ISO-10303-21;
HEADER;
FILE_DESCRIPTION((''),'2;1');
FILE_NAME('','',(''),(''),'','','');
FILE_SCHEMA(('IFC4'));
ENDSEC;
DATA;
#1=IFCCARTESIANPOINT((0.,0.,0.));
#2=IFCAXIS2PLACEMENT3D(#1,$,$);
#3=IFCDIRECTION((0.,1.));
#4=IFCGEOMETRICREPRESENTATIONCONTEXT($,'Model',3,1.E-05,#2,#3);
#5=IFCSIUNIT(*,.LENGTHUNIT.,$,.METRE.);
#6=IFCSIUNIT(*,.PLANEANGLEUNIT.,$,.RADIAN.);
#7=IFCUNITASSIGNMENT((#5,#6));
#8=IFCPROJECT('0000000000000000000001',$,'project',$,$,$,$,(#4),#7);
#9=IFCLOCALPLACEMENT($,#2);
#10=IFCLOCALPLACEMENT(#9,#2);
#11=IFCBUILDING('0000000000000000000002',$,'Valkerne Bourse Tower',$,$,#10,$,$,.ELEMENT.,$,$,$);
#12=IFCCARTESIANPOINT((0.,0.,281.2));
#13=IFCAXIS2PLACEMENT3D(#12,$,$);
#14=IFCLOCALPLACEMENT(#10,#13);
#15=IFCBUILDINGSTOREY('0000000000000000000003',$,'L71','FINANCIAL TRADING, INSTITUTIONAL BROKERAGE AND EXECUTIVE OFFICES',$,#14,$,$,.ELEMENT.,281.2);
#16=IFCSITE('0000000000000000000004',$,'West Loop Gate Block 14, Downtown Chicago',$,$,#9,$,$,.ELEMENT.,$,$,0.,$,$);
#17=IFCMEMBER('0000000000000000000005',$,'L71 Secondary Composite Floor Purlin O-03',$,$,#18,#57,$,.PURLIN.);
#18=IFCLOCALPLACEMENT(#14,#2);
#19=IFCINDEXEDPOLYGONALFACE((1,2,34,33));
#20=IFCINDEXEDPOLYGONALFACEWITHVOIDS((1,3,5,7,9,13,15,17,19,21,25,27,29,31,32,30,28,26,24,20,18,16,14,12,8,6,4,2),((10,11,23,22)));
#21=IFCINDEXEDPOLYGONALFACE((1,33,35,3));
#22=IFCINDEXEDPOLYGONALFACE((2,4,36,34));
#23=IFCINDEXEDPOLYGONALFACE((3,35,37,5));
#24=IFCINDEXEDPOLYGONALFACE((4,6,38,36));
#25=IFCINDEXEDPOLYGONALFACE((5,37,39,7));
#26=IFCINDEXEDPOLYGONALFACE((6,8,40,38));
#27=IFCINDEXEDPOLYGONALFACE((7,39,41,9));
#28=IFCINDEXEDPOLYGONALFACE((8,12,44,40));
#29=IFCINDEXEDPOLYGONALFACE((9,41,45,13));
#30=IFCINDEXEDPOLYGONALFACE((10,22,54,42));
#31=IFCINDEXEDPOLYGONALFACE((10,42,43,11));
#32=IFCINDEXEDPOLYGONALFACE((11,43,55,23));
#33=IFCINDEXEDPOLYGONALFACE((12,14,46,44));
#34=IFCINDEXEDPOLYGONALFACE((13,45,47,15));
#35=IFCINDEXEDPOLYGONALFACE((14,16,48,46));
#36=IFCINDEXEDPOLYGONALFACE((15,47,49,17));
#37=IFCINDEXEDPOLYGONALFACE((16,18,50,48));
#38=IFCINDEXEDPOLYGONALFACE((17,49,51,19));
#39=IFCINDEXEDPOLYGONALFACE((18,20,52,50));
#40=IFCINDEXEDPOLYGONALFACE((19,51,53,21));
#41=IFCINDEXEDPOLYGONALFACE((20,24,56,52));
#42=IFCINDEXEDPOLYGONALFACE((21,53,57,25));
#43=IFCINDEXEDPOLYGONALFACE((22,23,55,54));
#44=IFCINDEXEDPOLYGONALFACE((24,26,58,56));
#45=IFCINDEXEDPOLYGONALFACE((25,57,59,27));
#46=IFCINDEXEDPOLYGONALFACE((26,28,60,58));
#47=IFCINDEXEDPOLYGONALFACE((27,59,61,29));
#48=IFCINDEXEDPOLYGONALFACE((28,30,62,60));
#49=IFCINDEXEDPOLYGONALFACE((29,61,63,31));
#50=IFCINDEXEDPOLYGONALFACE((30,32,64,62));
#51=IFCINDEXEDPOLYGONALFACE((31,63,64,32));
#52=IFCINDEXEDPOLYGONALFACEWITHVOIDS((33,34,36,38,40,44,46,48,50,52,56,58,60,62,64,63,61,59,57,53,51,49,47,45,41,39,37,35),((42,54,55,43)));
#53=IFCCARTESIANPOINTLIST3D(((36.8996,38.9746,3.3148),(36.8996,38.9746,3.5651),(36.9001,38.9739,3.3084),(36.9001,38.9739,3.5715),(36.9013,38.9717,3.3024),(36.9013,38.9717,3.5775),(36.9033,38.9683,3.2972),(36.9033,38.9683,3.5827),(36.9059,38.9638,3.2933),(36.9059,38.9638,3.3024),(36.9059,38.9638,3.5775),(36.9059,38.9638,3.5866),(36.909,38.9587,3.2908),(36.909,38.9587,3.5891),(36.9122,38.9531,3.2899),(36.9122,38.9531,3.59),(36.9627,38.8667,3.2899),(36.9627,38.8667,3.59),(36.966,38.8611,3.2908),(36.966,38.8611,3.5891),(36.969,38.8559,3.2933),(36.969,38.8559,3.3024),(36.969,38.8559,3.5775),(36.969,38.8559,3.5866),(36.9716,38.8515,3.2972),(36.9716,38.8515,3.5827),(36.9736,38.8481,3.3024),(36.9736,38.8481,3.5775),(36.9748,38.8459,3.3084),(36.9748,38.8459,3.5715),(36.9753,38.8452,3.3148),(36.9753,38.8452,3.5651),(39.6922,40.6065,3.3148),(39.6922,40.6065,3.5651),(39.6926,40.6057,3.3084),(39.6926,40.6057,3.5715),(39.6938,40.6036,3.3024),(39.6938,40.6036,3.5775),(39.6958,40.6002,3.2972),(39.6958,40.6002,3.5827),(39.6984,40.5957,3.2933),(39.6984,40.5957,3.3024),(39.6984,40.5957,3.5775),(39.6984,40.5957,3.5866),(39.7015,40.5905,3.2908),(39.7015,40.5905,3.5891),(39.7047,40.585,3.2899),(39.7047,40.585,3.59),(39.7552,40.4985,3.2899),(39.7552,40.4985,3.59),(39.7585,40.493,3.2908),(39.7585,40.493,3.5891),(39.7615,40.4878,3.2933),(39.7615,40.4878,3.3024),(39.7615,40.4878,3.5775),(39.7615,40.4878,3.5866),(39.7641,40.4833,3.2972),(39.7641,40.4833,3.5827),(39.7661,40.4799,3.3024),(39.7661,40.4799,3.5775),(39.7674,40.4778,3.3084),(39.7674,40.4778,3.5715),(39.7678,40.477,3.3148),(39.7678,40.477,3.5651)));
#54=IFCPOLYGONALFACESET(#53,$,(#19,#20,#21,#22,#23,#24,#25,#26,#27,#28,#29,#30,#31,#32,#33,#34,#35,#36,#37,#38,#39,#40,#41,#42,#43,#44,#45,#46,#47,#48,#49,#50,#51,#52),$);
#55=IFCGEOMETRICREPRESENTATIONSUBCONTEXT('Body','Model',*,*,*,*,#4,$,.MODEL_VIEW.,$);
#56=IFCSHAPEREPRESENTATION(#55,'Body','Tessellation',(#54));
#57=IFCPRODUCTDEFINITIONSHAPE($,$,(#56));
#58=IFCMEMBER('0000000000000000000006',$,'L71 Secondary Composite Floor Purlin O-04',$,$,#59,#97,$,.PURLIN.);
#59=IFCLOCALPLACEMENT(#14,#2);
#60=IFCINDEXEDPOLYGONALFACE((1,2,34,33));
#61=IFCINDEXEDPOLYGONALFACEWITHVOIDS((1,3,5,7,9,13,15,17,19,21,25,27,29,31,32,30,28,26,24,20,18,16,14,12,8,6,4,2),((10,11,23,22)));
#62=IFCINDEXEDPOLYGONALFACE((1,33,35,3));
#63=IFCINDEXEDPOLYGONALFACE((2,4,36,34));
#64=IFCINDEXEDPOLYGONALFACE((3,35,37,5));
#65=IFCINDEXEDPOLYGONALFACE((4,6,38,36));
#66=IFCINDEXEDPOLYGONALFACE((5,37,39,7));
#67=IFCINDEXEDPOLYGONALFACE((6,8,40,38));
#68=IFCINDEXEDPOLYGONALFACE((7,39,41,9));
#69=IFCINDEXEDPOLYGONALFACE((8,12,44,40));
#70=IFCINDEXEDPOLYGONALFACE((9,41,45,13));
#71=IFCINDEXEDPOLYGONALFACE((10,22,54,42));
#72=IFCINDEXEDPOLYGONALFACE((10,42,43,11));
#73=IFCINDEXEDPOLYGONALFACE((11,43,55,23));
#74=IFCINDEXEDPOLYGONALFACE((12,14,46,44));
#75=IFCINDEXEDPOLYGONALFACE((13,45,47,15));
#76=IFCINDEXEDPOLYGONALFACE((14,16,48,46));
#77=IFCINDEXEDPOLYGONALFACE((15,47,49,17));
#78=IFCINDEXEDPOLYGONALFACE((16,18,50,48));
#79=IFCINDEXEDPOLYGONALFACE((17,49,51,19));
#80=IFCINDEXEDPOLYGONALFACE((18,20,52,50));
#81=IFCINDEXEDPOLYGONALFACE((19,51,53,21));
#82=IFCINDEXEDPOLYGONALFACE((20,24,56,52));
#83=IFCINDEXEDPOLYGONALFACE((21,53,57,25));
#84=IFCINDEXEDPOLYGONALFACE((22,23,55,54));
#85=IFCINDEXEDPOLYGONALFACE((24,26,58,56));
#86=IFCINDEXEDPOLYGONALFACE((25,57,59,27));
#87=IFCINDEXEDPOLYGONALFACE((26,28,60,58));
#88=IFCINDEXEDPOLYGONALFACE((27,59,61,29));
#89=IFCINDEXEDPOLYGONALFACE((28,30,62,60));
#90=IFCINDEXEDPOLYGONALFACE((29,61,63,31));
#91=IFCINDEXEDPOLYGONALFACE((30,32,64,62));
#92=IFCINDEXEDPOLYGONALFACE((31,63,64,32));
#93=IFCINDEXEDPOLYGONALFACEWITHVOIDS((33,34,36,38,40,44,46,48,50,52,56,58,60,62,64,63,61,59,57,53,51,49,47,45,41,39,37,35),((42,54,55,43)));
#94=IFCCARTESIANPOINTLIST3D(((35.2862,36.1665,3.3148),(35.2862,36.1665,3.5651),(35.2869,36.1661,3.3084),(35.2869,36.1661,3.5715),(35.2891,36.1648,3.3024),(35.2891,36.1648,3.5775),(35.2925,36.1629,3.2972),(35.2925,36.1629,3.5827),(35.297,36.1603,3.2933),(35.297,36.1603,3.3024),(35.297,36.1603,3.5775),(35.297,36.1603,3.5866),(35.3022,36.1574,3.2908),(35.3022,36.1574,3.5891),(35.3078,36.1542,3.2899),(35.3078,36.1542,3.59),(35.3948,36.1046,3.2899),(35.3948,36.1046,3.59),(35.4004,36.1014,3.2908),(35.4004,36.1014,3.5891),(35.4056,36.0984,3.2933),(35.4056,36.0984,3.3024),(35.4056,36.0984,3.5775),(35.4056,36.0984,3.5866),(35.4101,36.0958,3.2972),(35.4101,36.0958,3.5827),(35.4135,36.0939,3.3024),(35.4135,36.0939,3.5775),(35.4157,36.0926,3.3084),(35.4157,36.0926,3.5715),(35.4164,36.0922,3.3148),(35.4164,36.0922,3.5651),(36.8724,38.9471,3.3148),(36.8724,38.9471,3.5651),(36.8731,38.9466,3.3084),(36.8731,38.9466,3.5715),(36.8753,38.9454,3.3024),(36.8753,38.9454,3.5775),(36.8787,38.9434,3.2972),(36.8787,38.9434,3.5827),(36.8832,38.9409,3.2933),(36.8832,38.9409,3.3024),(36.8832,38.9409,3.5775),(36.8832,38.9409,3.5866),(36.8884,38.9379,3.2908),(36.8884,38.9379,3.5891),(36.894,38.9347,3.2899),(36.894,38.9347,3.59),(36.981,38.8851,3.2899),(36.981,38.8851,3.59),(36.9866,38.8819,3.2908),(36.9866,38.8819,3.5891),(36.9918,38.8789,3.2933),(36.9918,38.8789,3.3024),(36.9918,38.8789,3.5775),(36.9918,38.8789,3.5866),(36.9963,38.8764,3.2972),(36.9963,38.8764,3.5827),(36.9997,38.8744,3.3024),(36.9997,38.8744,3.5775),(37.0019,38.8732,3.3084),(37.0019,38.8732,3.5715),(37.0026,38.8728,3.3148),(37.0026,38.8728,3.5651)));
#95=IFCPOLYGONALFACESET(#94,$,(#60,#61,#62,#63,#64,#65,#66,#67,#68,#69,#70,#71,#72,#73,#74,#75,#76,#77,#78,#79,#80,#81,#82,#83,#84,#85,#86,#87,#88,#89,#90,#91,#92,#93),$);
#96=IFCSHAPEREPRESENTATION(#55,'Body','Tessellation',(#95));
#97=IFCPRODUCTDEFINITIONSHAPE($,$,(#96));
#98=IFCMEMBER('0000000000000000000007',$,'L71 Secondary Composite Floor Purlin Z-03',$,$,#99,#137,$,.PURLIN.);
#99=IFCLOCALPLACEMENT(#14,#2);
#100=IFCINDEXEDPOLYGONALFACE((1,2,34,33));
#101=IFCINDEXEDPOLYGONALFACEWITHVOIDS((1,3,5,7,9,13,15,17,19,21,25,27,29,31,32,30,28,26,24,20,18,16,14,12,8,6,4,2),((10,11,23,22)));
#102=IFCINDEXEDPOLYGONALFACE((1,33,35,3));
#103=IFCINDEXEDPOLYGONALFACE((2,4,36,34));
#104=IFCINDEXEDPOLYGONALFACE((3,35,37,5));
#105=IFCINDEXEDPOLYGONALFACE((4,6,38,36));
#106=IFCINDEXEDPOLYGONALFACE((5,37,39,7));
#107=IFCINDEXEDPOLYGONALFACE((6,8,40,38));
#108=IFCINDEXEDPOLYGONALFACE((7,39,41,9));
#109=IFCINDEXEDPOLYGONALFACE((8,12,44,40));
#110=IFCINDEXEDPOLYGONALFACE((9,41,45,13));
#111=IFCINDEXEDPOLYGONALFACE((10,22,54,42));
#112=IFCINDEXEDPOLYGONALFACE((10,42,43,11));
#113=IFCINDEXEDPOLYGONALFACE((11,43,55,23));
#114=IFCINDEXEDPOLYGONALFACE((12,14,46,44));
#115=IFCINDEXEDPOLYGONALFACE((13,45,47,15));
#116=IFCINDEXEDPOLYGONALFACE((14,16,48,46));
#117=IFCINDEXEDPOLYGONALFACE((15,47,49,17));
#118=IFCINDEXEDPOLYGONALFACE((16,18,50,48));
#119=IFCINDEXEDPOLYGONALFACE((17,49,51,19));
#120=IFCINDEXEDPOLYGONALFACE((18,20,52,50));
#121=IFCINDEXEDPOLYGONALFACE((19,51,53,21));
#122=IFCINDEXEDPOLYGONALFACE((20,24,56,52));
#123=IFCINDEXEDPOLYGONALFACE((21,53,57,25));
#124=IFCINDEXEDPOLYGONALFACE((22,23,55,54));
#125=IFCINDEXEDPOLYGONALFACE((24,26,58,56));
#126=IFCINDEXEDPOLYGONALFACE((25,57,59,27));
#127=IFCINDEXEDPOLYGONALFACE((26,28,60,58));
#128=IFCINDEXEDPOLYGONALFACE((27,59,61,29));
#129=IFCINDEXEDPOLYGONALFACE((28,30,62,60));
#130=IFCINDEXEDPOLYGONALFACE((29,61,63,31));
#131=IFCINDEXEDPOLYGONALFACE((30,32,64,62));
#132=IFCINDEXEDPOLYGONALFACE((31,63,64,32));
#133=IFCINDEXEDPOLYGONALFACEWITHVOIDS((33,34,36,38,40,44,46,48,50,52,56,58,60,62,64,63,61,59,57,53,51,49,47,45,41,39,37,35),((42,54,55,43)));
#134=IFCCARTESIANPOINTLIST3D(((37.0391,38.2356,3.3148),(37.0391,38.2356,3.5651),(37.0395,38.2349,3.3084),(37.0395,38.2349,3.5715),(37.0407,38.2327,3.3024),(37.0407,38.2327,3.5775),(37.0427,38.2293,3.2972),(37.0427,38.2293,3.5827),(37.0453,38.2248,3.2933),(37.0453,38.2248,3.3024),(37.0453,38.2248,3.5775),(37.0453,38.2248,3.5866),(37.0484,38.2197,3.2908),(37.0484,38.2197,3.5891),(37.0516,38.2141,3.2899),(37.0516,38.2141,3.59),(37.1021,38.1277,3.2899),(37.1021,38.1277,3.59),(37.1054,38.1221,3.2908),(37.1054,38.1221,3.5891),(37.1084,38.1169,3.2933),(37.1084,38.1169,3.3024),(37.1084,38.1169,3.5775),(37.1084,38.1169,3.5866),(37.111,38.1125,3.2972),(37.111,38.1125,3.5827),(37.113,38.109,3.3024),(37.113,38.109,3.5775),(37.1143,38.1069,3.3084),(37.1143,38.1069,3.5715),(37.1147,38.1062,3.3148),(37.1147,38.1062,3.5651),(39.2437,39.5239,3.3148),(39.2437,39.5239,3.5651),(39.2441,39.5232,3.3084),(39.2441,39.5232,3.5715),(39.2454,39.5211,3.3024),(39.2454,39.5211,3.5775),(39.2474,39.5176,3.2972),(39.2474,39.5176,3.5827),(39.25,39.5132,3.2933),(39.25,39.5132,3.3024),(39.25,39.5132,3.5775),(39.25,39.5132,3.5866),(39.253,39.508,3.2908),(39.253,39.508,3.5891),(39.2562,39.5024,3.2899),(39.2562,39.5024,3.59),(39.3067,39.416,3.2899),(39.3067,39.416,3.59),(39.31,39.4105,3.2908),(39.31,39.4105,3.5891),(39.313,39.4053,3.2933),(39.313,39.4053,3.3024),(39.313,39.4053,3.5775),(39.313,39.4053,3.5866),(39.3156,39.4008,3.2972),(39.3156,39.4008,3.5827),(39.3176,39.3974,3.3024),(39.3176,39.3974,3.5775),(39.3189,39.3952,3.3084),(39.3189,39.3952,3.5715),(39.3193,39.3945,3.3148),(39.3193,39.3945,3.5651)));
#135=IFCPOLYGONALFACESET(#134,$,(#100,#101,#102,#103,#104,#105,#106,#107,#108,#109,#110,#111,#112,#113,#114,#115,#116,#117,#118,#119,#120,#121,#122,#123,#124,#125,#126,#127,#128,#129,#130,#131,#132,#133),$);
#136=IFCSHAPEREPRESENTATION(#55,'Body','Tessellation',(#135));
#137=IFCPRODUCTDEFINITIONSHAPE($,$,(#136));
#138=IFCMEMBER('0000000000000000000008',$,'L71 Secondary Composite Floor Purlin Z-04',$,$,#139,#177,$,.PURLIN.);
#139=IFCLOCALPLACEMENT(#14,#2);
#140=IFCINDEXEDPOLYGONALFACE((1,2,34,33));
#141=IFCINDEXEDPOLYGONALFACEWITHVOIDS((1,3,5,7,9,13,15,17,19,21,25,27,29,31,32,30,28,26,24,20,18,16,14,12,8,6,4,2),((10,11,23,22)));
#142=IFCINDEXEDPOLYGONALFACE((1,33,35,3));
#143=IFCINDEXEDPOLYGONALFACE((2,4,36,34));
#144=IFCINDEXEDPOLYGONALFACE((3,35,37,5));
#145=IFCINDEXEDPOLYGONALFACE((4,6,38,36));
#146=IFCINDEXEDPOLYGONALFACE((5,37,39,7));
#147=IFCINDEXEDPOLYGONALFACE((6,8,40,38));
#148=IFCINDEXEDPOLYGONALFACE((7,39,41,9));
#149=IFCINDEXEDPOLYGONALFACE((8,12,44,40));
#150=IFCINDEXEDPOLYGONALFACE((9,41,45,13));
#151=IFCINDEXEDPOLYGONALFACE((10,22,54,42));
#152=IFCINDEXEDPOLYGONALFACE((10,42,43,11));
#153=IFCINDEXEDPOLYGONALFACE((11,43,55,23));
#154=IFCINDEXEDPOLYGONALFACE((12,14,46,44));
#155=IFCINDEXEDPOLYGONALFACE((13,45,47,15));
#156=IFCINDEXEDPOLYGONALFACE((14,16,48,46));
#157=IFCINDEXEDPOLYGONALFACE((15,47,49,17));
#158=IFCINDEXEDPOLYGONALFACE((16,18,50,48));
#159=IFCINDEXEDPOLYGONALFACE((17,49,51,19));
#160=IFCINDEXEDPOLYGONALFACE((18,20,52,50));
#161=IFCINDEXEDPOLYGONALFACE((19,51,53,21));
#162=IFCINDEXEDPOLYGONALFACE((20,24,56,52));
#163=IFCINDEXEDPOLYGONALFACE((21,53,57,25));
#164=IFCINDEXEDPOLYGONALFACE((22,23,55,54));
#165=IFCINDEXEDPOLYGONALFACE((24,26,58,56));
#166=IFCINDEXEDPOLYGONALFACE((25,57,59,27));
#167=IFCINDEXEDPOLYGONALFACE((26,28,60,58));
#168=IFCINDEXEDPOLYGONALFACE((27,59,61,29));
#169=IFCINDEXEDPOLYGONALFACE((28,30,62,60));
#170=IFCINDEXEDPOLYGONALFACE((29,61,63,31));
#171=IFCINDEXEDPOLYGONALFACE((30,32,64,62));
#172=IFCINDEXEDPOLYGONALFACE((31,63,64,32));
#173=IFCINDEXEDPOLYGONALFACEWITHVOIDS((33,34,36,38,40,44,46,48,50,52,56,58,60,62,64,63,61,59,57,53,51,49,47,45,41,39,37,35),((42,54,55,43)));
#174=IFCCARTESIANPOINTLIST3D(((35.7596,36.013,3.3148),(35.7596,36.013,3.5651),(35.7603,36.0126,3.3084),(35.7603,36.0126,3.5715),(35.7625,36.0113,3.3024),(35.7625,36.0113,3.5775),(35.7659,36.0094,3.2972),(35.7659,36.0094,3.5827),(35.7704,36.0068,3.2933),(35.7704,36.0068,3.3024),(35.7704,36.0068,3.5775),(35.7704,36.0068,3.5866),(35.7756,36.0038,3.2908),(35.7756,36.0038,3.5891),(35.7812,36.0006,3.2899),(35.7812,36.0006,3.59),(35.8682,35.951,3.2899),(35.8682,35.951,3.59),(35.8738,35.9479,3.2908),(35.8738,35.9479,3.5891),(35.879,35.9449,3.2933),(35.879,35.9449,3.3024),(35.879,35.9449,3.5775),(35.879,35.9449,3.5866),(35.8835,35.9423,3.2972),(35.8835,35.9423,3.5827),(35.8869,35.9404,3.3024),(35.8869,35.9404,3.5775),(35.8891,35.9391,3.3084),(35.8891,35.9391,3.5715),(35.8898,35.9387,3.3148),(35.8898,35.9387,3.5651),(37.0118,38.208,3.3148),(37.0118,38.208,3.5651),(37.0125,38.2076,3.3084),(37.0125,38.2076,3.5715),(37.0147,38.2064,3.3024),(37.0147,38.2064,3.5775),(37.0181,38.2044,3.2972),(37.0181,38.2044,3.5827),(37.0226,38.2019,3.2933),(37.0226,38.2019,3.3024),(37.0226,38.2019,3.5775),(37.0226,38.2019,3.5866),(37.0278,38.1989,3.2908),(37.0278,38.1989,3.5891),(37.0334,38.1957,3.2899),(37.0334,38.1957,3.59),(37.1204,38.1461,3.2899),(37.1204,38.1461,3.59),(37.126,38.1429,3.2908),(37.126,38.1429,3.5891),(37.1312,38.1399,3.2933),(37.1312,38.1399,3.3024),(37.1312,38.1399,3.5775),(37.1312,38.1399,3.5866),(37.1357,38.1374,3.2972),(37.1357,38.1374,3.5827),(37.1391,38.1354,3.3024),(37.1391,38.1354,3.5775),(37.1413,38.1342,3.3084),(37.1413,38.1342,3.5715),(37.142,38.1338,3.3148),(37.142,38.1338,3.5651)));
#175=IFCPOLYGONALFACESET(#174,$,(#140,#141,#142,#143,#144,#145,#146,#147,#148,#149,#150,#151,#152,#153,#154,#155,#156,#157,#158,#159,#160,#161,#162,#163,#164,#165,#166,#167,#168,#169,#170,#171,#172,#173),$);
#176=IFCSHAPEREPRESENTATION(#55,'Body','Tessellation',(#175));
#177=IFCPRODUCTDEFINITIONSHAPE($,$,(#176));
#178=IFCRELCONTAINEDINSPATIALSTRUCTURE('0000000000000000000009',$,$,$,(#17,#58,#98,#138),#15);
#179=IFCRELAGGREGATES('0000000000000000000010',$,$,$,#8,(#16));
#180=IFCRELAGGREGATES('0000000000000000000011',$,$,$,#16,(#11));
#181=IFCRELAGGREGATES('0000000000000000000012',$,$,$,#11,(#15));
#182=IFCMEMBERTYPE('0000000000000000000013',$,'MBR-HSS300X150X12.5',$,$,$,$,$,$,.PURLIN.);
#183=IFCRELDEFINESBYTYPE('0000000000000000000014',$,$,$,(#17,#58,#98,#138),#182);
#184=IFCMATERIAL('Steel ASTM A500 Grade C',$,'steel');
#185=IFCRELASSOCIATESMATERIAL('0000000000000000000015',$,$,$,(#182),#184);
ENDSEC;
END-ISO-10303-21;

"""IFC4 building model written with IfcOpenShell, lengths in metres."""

from ifc_helpers import new_model, si_unit, direction, frame, origin, origin_2d, place, context, subcontext, project, spatial, hollow_rectangle, extrude, material, material_profile, profile_set, type_object, element, save


model = new_model("IFC4")

# Units and contexts
model_context = context("Model", 3, precision=1e-05, world=origin(), true_north=direction((0.0, 1.0)))
body_context = subcontext(model_context, "Body", "Model", "MODEL_VIEW")
ifc_project = project(units=[si_unit("LENGTHUNIT", "METRE"), si_unit("PLANEANGLEUNIT", "RADIAN")], contexts=[model_context])

# Site, building, storey
site_placement = place(None, origin())
site = spatial("IfcSite", under=ifc_project, at=site_placement, Name="West Loop Gate Block 14, Downtown Chicago", CompositionType="ELEMENT", RefElevation=0.0)
building_placement = place(site_placement, origin())
building = spatial("IfcBuilding", under=site, at=building_placement, Name="Valkerne Bourse Tower", CompositionType="ELEMENT")
storey_placement = place(building_placement, frame((0.0, 0.0, 281.2)))
storey = spatial("IfcBuildingStorey", under=building, at=storey_placement, Name="L71", Description="FINANCIAL TRADING, INSTITUTIONAL BROKERAGE AND EXECUTIVE OFFICES", CompositionType="ELEMENT", Elevation=281.2)

# Members
ifc_material_1 = material(Name="Steel ASTM A500 Grade C", Category="steel")
ifc_material_profile_1 = material_profile(ifc_material_1, hollow_rectangle(XDim=0.1499, YDim=0.3, WallThickness=0.0125, OuterFilletRadius=0.0249, at=origin_2d()), Name="HSS300X150X12.5")
ifc_profile_set_1 = profile_set([ifc_material_profile_1], Name="Steel ASTM A500 Grade C")
member_type_1 = type_object("IfcMemberType", Name="MBR-HSS300X150X12.5", PredefinedType="PURLIN", material=ifc_profile_set_1)
member_1_placement = place(storey_placement, frame((39.73, 40.5417, 3.4399), z_axis=(-0.86339, -0.504537, 0.0), x_axis=(0.504537, -0.86339, 0.0)))
element("IfcMember", 1, at=member_1_placement, inside=storey, type_object=member_type_1, Name="L71 Secondary Composite Floor Purlin O-03", PredefinedType="PURLIN", context=body_context, shape_type="SweptSolid", body=[
    extrude(hollow_rectangle(XDim=0.1499, YDim=0.3, WallThickness=0.0125, OuterFilletRadius=0.0249, at=origin_2d()), origin(), (0.0, 0.0, 1.0), 3.2344),
])
member_2_placement = place(storey_placement, frame((36.9375, 38.9099, 3.4399), z_axis=(-0.495506, -0.868604, 0.0), x_axis=(0.868604, -0.495506, 0.0)))
element("IfcMember", 2, at=member_2_placement, inside=storey, type_object=member_type_1, Name="L71 Secondary Composite Floor Purlin O-04", PredefinedType="PURLIN", context=body_context, shape_type="SweptSolid", body=[
    extrude(hollow_rectangle(XDim=0.1499, YDim=0.3, WallThickness=0.0125, OuterFilletRadius=0.0249, at=origin_2d()), origin(), (0.0, 0.0, 1.0), 3.2012),
])
member_3_placement = place(storey_placement, frame((39.2815, 39.4592, 3.4399), z_axis=(-0.863383, -0.504549, 0.0), x_axis=(0.504549, -0.863383, 0.0)))
element("IfcMember", 3, at=member_3_placement, inside=storey, type_object=member_type_1, Name="L71 Secondary Composite Floor Purlin Z-03", PredefinedType="PURLIN", context=body_context, shape_type="SweptSolid", body=[
    extrude(hollow_rectangle(XDim=0.1499, YDim=0.3, WallThickness=0.0125, OuterFilletRadius=0.0249, at=origin_2d()), origin(), (0.0, 0.0, 1.0), 2.5535),
])
member_4_placement = place(storey_placement, frame((37.0769, 38.1709, 3.4399), z_axis=(-0.495504, -0.868606, 0.0), x_axis=(0.868606, -0.495504, 0.0)))
element("IfcMember", 4, at=member_4_placement, inside=storey, type_object=member_type_1, Name="L71 Secondary Composite Floor Purlin Z-04", PredefinedType="PURLIN", context=body_context, shape_type="SweptSolid", body=[
    extrude(hollow_rectangle(XDim=0.1499, YDim=0.3, WallThickness=0.0125, OuterFilletRadius=0.0249, at=origin_2d()), origin(), (0.0, 0.0, 1.0), 2.5271),
])

save(model, "model.ifc")
